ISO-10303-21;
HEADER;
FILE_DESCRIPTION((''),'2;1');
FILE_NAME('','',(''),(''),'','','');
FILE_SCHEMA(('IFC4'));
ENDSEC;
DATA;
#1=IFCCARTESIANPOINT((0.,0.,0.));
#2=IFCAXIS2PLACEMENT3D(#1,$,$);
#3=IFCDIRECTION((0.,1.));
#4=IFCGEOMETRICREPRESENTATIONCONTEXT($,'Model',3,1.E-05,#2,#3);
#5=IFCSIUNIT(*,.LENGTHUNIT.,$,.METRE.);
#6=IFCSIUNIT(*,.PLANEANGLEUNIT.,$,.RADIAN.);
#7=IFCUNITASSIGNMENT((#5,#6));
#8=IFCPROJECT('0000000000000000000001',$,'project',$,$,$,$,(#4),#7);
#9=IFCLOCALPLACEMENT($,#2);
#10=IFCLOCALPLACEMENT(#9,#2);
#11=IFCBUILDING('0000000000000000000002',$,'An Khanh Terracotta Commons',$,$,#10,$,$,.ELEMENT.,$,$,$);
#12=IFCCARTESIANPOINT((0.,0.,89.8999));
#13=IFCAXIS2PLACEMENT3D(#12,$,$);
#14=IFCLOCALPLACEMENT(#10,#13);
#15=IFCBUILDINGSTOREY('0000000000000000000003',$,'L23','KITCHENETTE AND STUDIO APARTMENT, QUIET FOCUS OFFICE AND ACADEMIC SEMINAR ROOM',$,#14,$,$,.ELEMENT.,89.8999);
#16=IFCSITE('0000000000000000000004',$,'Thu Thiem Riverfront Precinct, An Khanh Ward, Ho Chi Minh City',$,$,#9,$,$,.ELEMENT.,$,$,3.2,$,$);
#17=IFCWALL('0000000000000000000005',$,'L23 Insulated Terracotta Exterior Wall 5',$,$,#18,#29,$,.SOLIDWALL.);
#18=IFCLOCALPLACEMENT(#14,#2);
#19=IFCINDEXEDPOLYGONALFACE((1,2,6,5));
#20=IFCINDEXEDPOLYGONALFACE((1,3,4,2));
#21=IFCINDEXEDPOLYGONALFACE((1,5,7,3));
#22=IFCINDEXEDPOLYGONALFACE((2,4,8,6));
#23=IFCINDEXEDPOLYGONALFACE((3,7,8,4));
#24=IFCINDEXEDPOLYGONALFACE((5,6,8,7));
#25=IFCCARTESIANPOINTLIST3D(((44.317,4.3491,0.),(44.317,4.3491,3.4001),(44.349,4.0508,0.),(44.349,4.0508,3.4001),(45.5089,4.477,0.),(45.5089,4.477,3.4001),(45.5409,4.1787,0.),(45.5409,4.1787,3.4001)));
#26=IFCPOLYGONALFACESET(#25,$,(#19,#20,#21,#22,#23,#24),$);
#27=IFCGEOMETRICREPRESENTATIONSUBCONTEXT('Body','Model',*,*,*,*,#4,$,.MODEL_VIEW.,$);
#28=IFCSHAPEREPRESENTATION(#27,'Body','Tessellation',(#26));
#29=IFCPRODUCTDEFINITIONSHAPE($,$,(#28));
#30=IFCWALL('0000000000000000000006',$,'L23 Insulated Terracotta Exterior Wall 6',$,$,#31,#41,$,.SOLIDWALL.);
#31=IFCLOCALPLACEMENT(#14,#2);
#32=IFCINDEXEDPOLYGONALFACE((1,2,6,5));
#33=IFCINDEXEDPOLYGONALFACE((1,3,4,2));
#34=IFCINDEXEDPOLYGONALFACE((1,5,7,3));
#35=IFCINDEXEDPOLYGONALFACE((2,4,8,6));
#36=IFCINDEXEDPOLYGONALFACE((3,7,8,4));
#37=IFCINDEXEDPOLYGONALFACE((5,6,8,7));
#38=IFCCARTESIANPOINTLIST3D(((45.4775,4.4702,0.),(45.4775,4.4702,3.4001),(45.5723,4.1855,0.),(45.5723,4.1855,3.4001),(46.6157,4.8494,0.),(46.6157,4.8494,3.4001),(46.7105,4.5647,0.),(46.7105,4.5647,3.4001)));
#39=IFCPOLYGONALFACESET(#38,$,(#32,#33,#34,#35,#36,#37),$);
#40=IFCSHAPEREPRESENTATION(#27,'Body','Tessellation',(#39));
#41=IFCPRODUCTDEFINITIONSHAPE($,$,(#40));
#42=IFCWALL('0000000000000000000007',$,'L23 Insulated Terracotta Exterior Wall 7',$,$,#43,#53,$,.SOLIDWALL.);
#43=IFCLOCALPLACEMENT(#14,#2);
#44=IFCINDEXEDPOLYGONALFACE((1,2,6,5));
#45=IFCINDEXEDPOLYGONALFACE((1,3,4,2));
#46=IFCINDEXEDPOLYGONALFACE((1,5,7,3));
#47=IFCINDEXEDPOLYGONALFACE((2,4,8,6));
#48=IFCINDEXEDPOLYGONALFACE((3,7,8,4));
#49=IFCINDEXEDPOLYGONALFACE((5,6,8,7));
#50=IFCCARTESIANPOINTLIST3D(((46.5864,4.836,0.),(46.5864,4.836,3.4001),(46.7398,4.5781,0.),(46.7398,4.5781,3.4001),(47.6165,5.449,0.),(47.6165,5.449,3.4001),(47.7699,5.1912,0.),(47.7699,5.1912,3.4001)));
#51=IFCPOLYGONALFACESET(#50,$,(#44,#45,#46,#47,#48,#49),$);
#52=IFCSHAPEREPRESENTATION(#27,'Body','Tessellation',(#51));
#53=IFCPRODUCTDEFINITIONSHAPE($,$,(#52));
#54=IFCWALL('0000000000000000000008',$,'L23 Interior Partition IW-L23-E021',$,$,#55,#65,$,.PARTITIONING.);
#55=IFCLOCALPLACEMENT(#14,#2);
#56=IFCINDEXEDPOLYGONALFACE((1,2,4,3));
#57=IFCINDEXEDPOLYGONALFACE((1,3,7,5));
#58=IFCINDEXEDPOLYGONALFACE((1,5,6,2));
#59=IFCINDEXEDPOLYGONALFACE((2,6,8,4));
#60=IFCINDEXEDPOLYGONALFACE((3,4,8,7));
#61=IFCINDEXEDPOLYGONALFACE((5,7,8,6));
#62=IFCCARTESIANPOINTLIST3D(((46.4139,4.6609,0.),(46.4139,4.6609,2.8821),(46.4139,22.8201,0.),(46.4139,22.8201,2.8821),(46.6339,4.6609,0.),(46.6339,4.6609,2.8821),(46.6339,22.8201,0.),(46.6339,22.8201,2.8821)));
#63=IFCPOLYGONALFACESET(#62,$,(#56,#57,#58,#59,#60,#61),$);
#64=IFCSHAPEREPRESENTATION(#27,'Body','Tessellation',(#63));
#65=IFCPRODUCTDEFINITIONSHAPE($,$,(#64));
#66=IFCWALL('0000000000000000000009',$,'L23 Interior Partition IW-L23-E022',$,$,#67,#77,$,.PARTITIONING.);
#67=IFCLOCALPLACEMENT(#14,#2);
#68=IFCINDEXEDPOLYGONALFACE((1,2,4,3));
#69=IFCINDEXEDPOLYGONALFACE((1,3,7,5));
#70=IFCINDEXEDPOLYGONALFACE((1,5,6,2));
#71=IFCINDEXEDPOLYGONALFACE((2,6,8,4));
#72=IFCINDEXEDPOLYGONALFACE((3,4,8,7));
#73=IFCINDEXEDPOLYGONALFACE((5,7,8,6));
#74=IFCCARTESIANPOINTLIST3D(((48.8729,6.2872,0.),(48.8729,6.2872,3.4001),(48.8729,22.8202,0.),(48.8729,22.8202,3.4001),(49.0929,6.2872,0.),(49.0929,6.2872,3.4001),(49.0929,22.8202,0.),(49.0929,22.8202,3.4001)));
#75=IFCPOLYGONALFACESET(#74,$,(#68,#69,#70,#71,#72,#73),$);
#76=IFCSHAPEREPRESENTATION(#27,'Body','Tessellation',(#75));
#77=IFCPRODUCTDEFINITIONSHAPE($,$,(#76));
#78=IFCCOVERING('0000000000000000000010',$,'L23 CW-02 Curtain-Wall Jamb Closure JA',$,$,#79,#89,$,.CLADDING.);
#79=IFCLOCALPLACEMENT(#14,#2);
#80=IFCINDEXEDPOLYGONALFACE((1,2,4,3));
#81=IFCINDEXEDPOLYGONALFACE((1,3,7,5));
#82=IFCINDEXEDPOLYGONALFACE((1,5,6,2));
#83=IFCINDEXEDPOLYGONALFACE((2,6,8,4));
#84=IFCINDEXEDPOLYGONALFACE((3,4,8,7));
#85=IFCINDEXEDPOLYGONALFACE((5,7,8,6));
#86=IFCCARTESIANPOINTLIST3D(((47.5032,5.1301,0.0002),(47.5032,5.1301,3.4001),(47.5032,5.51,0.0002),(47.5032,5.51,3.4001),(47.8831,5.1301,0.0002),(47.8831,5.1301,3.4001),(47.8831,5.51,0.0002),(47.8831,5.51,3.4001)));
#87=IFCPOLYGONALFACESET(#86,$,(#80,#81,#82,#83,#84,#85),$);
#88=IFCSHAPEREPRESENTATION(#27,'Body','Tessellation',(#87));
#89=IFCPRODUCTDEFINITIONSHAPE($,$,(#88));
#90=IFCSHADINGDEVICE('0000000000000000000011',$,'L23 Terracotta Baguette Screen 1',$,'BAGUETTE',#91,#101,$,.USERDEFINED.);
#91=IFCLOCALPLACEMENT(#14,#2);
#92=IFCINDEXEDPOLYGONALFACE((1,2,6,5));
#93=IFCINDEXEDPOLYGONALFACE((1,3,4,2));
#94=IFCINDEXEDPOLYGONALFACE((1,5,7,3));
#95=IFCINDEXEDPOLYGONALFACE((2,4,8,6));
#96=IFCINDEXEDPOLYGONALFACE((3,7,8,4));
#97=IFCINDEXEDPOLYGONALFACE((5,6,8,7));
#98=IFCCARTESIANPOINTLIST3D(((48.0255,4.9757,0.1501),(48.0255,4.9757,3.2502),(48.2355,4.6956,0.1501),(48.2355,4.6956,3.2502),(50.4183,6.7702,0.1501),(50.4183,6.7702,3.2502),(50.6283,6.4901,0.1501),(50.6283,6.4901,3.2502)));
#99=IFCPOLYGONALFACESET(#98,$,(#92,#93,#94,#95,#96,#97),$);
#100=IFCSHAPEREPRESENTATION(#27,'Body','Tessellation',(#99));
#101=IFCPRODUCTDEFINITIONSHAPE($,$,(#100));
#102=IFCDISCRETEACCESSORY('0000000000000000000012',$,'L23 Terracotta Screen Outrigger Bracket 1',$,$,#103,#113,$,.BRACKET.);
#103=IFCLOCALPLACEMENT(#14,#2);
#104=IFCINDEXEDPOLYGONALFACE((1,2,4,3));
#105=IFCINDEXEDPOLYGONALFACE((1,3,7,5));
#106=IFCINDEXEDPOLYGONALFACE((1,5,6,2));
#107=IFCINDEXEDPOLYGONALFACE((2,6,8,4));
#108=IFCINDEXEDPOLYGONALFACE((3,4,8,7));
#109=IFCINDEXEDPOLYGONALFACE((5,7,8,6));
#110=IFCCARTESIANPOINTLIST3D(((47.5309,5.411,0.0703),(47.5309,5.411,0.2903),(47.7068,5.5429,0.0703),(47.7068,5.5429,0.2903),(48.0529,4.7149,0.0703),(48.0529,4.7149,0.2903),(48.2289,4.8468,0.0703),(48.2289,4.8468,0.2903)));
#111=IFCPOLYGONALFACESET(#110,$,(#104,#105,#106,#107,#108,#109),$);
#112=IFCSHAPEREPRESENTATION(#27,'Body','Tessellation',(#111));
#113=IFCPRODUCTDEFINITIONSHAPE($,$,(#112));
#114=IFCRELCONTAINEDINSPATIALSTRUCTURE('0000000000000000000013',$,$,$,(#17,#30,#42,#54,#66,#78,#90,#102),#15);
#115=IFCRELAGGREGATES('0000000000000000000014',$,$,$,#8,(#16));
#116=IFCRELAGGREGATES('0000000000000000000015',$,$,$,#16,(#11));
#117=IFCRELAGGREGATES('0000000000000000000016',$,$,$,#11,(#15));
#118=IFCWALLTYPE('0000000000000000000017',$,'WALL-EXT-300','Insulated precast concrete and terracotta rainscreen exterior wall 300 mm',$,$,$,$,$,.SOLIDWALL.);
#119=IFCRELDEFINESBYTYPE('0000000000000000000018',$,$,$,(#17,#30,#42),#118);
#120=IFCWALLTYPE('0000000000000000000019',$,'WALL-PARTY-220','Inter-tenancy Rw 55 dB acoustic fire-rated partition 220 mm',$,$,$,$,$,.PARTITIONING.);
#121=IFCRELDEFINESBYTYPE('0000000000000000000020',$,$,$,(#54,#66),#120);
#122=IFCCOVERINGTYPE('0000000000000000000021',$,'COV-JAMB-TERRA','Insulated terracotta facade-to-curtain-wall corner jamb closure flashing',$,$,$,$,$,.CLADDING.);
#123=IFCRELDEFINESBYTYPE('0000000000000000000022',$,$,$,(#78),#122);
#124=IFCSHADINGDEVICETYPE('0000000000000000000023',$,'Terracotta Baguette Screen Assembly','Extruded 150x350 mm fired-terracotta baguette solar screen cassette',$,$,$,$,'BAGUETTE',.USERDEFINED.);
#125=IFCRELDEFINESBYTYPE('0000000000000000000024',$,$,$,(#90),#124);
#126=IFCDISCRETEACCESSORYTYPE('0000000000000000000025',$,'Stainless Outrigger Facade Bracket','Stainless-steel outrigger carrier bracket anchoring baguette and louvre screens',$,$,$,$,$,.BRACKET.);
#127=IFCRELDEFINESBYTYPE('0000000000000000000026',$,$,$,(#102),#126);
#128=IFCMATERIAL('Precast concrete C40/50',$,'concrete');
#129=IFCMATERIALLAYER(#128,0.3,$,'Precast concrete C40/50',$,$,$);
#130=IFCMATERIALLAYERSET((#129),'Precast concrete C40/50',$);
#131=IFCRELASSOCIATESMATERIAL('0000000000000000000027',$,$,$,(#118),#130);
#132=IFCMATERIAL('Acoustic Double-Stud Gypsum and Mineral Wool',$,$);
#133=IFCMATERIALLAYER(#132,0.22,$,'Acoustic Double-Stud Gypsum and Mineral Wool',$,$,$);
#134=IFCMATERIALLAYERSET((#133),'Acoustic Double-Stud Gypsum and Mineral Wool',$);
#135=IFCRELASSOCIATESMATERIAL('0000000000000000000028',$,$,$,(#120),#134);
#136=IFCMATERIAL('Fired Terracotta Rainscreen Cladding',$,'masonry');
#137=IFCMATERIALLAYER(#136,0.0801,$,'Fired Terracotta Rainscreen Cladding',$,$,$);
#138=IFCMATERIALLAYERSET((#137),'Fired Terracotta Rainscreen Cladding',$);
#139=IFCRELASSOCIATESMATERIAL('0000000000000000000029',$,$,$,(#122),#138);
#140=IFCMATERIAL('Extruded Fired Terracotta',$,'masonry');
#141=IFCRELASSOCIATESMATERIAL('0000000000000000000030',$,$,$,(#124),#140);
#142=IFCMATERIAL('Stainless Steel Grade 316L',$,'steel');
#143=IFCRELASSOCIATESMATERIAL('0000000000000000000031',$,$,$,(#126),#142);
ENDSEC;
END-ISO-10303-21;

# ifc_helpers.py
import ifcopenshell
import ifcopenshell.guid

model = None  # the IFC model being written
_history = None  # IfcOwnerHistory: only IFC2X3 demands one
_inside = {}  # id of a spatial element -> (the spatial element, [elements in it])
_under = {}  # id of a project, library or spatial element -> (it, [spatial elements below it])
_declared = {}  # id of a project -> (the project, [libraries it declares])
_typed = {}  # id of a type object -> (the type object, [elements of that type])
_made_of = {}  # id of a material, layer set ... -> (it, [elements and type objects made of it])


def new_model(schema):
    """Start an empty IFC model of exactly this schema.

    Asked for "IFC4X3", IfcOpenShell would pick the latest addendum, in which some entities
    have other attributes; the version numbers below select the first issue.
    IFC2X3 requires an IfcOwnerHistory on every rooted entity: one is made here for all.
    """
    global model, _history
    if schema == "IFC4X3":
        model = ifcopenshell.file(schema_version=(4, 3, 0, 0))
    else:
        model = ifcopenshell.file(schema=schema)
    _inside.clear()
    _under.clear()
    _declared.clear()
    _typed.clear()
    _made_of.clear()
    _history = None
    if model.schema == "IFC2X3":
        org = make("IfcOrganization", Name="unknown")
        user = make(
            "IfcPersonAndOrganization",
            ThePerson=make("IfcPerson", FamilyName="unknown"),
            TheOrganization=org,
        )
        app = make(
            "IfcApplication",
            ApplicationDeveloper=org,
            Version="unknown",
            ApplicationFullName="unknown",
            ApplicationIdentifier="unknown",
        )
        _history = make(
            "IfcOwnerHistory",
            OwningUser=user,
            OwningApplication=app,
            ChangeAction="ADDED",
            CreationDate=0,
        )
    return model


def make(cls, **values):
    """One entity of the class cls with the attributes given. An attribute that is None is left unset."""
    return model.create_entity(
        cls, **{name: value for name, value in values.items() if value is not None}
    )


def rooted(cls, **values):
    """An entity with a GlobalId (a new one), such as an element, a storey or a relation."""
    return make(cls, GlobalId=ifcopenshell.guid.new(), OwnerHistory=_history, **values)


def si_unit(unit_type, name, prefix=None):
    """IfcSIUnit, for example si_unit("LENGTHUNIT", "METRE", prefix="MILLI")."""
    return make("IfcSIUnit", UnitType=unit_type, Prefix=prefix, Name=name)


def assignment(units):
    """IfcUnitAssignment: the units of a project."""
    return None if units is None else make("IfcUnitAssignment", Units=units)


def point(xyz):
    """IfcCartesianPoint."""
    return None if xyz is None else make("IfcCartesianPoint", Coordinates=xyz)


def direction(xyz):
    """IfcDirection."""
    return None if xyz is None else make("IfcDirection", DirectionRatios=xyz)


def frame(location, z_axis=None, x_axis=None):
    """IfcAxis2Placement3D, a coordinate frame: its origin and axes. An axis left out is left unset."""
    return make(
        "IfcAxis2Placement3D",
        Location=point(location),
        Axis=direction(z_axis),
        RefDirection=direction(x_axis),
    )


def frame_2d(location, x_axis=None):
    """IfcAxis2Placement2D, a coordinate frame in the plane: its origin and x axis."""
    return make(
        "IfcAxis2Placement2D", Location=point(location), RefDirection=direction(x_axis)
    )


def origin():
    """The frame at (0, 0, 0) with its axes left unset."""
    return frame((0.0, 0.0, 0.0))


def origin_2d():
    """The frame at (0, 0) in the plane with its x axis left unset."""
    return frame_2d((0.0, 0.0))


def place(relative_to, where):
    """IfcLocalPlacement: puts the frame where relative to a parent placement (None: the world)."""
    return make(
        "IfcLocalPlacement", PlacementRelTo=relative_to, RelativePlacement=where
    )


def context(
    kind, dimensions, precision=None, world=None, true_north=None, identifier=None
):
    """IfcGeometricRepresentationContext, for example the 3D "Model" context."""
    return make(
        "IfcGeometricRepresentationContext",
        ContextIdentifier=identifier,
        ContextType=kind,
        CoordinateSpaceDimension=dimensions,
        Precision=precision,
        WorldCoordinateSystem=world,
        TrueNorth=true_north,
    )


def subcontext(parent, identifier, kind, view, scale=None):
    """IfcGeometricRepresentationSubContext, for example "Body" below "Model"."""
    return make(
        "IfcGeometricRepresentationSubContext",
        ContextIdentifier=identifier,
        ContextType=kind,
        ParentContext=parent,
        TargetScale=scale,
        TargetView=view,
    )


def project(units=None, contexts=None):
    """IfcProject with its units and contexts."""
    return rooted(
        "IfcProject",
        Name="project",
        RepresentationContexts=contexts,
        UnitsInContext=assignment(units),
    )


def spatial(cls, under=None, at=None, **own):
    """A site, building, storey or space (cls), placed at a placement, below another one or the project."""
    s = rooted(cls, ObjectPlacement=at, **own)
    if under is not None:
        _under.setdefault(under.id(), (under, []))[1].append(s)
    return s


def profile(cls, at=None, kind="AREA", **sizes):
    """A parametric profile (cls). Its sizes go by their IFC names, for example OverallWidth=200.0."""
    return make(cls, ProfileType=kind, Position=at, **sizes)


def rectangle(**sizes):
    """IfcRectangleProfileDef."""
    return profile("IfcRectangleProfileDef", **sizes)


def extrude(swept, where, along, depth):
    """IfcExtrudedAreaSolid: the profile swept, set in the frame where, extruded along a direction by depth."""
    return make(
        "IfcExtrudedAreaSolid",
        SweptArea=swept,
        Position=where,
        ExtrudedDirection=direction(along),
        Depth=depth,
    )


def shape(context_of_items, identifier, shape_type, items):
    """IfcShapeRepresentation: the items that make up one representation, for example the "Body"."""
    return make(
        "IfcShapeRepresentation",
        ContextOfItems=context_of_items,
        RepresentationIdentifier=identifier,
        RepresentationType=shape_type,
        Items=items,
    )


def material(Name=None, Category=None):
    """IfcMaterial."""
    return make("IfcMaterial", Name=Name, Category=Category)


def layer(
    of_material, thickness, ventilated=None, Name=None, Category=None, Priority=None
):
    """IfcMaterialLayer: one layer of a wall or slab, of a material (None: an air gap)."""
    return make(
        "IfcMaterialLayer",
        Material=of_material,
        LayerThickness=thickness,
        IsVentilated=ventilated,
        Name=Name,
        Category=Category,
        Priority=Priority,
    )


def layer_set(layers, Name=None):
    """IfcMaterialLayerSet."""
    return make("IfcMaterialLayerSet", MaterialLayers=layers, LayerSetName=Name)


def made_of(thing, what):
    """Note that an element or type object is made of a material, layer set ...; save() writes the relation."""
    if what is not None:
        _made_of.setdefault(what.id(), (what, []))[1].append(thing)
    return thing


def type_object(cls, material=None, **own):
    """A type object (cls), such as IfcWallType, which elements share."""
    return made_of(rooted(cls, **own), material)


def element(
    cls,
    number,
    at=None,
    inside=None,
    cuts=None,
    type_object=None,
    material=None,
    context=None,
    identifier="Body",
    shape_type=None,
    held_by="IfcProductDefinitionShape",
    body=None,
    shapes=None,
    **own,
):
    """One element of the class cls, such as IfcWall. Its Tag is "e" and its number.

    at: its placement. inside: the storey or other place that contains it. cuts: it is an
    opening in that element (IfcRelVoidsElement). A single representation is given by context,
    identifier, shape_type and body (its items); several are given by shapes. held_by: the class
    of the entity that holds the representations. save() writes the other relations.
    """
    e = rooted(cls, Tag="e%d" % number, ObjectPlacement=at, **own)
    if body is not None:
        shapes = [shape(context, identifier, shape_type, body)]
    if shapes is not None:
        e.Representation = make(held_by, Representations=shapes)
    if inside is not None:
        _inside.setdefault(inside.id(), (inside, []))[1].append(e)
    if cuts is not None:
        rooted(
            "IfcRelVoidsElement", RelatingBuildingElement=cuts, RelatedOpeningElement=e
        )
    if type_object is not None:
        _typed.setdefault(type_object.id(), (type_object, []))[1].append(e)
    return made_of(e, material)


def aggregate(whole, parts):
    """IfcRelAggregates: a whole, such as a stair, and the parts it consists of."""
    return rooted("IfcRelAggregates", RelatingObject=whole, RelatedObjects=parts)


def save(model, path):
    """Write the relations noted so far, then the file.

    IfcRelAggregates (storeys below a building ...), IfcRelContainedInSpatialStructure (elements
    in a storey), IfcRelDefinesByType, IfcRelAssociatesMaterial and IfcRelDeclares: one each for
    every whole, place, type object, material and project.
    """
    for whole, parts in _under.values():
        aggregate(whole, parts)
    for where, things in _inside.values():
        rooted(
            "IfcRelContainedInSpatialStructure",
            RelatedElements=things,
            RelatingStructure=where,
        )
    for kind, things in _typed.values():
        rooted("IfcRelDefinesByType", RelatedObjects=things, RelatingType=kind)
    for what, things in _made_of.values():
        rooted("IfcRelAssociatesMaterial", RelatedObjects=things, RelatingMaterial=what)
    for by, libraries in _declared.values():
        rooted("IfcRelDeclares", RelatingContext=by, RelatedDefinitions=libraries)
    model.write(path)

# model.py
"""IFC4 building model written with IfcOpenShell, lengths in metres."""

from ifc_helpers import new_model, si_unit, direction, frame, frame_2d, origin, origin_2d, place, context, subcontext, project, spatial, rectangle, extrude, material, layer, layer_set, type_object, element, save


model = new_model("IFC4")

# Units and contexts
model_context = context("Model", 3, precision=1e-05, world=origin(), true_north=direction((0.0, 1.0)))
body_context = subcontext(model_context, "Body", "Model", "MODEL_VIEW")
ifc_project = project(units=[si_unit("LENGTHUNIT", "METRE"), si_unit("PLANEANGLEUNIT", "RADIAN")], contexts=[model_context])

# Site, building, storey
site_placement = place(None, origin())
site = spatial("IfcSite", under=ifc_project, at=site_placement, Name="Thu Thiem Riverfront Precinct, An Khanh Ward, Ho Chi Minh City", CompositionType="ELEMENT", RefElevation=3.2)
building_placement = place(site_placement, origin())
building = spatial("IfcBuilding", under=site, at=building_placement, Name="An Khanh Terracotta Commons", CompositionType="ELEMENT")
storey_placement = place(building_placement, frame((0.0, 0.0, 89.8999)))
storey = spatial("IfcBuildingStorey", under=building, at=storey_placement, Name="L23", Description="KITCHENETTE AND STUDIO APARTMENT, QUIET FOCUS OFFICE AND ACADEMIC SEMINAR ROOM", CompositionType="ELEMENT", Elevation=89.8999)

# Walls
ifc_material_1 = material(Name="Precast concrete C40/50", Category="concrete")
ifc_layer_1 = layer(ifc_material_1, 0.3, Name="Precast concrete C40/50")
ifc_layer_set_1 = layer_set([ifc_layer_1], Name="Precast concrete C40/50")
wall_type_1 = type_object("IfcWallType", Name="WALL-EXT-300", Description="Insulated precast concrete and terracotta rainscreen exterior wall 300 mm", PredefinedType="SOLIDWALL", material=ifc_layer_set_1)
wall_1_placement = place(storey_placement, frame((44.333, 4.2, 0.0), z_axis=(0.0, 0.0, 1.0), x_axis=(0.994289, 0.10672, 0.0)))
element("IfcWall", 1, at=wall_1_placement, inside=storey, type_object=wall_type_1, Name="L23 Insulated Terracotta Exterior Wall 5", PredefinedType="SOLIDWALL", context=body_context, shape_type="SweptSolid", body=[
    extrude(rectangle(XDim=1.1987, YDim=0.3, at=frame_2d((0.5994, 0.0))), origin(), (0.0, 0.0, 1.0), 3.4001),
])
wall_2_placement = place(storey_placement, frame((45.5249, 4.3279, 0.0), z_axis=(0.0, 0.0, 1.0), x_axis=(0.948744, 0.316045, 0.0)))
element("IfcWall", 2, at=wall_2_placement, inside=storey, type_object=wall_type_1, Name="L23 Insulated Terracotta Exterior Wall 6", PredefinedType="SOLIDWALL", context=body_context, shape_type="SweptSolid", body=[
    extrude(rectangle(XDim=1.1997, YDim=0.3, at=frame_2d((0.5999, 0.0))), origin(), (0.0, 0.0, 1.0), 3.4001),
])
wall_3_placement = place(storey_placement, frame((46.6631, 4.707, 0.0), z_axis=(0.0, 0.0, 1.0), x_axis=(0.859321, 0.511437, 0.0)))
element("IfcWall", 3, at=wall_3_placement, inside=storey, type_object=wall_type_1, Name="L23 Insulated Terracotta Exterior Wall 7", PredefinedType="SOLIDWALL", context=body_context, shape_type="SweptSolid", body=[
    extrude(rectangle(XDim=1.1987, YDim=0.3, at=frame_2d((0.5994, 0.0))), origin(), (0.0, 0.0, 1.0), 3.4001),
])
ifc_material_2 = material(Name="Acoustic Double-Stud Gypsum and Mineral Wool")
ifc_layer_2 = layer(ifc_material_2, 0.22, Name="Acoustic Double-Stud Gypsum and Mineral Wool")
ifc_layer_set_2 = layer_set([ifc_layer_2], Name="Acoustic Double-Stud Gypsum and Mineral Wool")
wall_type_2 = type_object("IfcWallType", Name="WALL-PARTY-220", Description="Inter-tenancy Rw 55 dB acoustic fire-rated partition 220 mm", PredefinedType="PARTITIONING", material=ifc_layer_set_2)
wall_4_placement = place(storey_placement, frame((46.5239, 4.6609, 0.0), z_axis=(0.0, 0.0, 1.0), x_axis=(0.0, 1.0, 0.0)))
element("IfcWall", 4, at=wall_4_placement, inside=storey, type_object=wall_type_2, Name="L23 Interior Partition IW-L23-E021", PredefinedType="PARTITIONING", context=body_context, shape_type="SweptSolid", body=[
    extrude(rectangle(XDim=18.1592, YDim=0.22, at=frame_2d((9.0796, 0.0))), origin(), (0.0, 0.0, 1.0), 2.8821),
])
wall_5_placement = place(storey_placement, frame((48.9829, 6.2871, 0.0), z_axis=(0.0, 0.0, 1.0), x_axis=(0.0, 1.0, 0.0)))
element("IfcWall", 5, at=wall_5_placement, inside=storey, type_object=wall_type_2, Name="L23 Interior Partition IW-L23-E022", PredefinedType="PARTITIONING", context=body_context, shape_type="SweptSolid", body=[
    extrude(rectangle(XDim=16.533, YDim=0.22, at=frame_2d((8.2666, 0.0))), origin(), (0.0, 0.0, 1.0), 3.4001),
])

# Covering
ifc_material_3 = material(Name="Fired Terracotta Rainscreen Cladding", Category="masonry")
ifc_layer_3 = layer(ifc_material_3, 0.0801, Name="Fired Terracotta Rainscreen Cladding")
ifc_layer_set_3 = layer_set([ifc_layer_3], Name="Fired Terracotta Rainscreen Cladding")
covering_type = type_object("IfcCoveringType", Name="COV-JAMB-TERRA", Description="Insulated terracotta facade-to-curtain-wall corner jamb closure flashing", PredefinedType="CLADDING", material=ifc_layer_set_3)
covering_placement = place(storey_placement, frame((47.6931, 5.3201, 0.0002), z_axis=(0.0, 0.0, 1.0), x_axis=(1.0, 0.0, 0.0)))
element("IfcCovering", 6, at=covering_placement, inside=storey, type_object=covering_type, Name="L23 CW-02 Curtain-Wall Jamb Closure JA", PredefinedType="CLADDING", context=body_context, shape_type="SweptSolid", body=[
    extrude(rectangle(XDim=0.3799, YDim=0.3799, at=origin_2d()), origin(), (0.0, 0.0, 1.0), 3.3999),
])

# Shading device
ifc_material_4 = material(Name="Extruded Fired Terracotta", Category="masonry")
shading_device_type = type_object("IfcShadingDeviceType", Name="Terracotta Baguette Screen Assembly", Description="Extruded 150x350 mm fired-terracotta baguette solar screen cassette", ElementType="BAGUETTE", PredefinedType="USERDEFINED", material=ifc_material_4)
shading_device_placement = place(storey_placement, frame((49.3269, 5.7329, 0.1501), z_axis=(0.0, 0.0, 1.0), x_axis=(0.800013, 0.599983, 0.0)))
element("IfcShadingDevice", 7, at=shading_device_placement, inside=storey, type_object=shading_device_type, Name="L23 Terracotta Baguette Screen 1", ObjectType="BAGUETTE", PredefinedType="USERDEFINED", context=body_context, shape_type="SweptSolid", body=[
    extrude(rectangle(XDim=2.991, YDim=0.3501, at=origin_2d()), origin(), (0.0, 0.0, 1.0), 3.1001),
])

# Discrete accessory
ifc_material_5 = material(Name="Stainless Steel Grade 316L", Category="steel")
discrete_accessory_type = type_object("IfcDiscreteAccessoryType", Name="Stainless Outrigger Facade Bracket", Description="Stainless-steel outrigger carrier bracket anchoring baguette and louvre screens", PredefinedType="BRACKET", material=ifc_material_5)
discrete_accessory_placement = place(storey_placement, frame((47.8799, 5.1289, 0.0703), z_axis=(0.0, 0.0, 1.0), x_axis=(0.800013, 0.599983, 0.0)))
element("IfcDiscreteAccessory", 8, at=discrete_accessory_placement, inside=storey, type_object=discrete_accessory_type, Name="L23 Terracotta Screen Outrigger Bracket 1", PredefinedType="BRACKET", context=body_context, shape_type="SweptSolid", body=[
    extrude(rectangle(XDim=0.22, YDim=0.8701, at=origin_2d()), origin(), (0.0, 0.0, 1.0), 0.22),
])

save(model, "model.ifc")
